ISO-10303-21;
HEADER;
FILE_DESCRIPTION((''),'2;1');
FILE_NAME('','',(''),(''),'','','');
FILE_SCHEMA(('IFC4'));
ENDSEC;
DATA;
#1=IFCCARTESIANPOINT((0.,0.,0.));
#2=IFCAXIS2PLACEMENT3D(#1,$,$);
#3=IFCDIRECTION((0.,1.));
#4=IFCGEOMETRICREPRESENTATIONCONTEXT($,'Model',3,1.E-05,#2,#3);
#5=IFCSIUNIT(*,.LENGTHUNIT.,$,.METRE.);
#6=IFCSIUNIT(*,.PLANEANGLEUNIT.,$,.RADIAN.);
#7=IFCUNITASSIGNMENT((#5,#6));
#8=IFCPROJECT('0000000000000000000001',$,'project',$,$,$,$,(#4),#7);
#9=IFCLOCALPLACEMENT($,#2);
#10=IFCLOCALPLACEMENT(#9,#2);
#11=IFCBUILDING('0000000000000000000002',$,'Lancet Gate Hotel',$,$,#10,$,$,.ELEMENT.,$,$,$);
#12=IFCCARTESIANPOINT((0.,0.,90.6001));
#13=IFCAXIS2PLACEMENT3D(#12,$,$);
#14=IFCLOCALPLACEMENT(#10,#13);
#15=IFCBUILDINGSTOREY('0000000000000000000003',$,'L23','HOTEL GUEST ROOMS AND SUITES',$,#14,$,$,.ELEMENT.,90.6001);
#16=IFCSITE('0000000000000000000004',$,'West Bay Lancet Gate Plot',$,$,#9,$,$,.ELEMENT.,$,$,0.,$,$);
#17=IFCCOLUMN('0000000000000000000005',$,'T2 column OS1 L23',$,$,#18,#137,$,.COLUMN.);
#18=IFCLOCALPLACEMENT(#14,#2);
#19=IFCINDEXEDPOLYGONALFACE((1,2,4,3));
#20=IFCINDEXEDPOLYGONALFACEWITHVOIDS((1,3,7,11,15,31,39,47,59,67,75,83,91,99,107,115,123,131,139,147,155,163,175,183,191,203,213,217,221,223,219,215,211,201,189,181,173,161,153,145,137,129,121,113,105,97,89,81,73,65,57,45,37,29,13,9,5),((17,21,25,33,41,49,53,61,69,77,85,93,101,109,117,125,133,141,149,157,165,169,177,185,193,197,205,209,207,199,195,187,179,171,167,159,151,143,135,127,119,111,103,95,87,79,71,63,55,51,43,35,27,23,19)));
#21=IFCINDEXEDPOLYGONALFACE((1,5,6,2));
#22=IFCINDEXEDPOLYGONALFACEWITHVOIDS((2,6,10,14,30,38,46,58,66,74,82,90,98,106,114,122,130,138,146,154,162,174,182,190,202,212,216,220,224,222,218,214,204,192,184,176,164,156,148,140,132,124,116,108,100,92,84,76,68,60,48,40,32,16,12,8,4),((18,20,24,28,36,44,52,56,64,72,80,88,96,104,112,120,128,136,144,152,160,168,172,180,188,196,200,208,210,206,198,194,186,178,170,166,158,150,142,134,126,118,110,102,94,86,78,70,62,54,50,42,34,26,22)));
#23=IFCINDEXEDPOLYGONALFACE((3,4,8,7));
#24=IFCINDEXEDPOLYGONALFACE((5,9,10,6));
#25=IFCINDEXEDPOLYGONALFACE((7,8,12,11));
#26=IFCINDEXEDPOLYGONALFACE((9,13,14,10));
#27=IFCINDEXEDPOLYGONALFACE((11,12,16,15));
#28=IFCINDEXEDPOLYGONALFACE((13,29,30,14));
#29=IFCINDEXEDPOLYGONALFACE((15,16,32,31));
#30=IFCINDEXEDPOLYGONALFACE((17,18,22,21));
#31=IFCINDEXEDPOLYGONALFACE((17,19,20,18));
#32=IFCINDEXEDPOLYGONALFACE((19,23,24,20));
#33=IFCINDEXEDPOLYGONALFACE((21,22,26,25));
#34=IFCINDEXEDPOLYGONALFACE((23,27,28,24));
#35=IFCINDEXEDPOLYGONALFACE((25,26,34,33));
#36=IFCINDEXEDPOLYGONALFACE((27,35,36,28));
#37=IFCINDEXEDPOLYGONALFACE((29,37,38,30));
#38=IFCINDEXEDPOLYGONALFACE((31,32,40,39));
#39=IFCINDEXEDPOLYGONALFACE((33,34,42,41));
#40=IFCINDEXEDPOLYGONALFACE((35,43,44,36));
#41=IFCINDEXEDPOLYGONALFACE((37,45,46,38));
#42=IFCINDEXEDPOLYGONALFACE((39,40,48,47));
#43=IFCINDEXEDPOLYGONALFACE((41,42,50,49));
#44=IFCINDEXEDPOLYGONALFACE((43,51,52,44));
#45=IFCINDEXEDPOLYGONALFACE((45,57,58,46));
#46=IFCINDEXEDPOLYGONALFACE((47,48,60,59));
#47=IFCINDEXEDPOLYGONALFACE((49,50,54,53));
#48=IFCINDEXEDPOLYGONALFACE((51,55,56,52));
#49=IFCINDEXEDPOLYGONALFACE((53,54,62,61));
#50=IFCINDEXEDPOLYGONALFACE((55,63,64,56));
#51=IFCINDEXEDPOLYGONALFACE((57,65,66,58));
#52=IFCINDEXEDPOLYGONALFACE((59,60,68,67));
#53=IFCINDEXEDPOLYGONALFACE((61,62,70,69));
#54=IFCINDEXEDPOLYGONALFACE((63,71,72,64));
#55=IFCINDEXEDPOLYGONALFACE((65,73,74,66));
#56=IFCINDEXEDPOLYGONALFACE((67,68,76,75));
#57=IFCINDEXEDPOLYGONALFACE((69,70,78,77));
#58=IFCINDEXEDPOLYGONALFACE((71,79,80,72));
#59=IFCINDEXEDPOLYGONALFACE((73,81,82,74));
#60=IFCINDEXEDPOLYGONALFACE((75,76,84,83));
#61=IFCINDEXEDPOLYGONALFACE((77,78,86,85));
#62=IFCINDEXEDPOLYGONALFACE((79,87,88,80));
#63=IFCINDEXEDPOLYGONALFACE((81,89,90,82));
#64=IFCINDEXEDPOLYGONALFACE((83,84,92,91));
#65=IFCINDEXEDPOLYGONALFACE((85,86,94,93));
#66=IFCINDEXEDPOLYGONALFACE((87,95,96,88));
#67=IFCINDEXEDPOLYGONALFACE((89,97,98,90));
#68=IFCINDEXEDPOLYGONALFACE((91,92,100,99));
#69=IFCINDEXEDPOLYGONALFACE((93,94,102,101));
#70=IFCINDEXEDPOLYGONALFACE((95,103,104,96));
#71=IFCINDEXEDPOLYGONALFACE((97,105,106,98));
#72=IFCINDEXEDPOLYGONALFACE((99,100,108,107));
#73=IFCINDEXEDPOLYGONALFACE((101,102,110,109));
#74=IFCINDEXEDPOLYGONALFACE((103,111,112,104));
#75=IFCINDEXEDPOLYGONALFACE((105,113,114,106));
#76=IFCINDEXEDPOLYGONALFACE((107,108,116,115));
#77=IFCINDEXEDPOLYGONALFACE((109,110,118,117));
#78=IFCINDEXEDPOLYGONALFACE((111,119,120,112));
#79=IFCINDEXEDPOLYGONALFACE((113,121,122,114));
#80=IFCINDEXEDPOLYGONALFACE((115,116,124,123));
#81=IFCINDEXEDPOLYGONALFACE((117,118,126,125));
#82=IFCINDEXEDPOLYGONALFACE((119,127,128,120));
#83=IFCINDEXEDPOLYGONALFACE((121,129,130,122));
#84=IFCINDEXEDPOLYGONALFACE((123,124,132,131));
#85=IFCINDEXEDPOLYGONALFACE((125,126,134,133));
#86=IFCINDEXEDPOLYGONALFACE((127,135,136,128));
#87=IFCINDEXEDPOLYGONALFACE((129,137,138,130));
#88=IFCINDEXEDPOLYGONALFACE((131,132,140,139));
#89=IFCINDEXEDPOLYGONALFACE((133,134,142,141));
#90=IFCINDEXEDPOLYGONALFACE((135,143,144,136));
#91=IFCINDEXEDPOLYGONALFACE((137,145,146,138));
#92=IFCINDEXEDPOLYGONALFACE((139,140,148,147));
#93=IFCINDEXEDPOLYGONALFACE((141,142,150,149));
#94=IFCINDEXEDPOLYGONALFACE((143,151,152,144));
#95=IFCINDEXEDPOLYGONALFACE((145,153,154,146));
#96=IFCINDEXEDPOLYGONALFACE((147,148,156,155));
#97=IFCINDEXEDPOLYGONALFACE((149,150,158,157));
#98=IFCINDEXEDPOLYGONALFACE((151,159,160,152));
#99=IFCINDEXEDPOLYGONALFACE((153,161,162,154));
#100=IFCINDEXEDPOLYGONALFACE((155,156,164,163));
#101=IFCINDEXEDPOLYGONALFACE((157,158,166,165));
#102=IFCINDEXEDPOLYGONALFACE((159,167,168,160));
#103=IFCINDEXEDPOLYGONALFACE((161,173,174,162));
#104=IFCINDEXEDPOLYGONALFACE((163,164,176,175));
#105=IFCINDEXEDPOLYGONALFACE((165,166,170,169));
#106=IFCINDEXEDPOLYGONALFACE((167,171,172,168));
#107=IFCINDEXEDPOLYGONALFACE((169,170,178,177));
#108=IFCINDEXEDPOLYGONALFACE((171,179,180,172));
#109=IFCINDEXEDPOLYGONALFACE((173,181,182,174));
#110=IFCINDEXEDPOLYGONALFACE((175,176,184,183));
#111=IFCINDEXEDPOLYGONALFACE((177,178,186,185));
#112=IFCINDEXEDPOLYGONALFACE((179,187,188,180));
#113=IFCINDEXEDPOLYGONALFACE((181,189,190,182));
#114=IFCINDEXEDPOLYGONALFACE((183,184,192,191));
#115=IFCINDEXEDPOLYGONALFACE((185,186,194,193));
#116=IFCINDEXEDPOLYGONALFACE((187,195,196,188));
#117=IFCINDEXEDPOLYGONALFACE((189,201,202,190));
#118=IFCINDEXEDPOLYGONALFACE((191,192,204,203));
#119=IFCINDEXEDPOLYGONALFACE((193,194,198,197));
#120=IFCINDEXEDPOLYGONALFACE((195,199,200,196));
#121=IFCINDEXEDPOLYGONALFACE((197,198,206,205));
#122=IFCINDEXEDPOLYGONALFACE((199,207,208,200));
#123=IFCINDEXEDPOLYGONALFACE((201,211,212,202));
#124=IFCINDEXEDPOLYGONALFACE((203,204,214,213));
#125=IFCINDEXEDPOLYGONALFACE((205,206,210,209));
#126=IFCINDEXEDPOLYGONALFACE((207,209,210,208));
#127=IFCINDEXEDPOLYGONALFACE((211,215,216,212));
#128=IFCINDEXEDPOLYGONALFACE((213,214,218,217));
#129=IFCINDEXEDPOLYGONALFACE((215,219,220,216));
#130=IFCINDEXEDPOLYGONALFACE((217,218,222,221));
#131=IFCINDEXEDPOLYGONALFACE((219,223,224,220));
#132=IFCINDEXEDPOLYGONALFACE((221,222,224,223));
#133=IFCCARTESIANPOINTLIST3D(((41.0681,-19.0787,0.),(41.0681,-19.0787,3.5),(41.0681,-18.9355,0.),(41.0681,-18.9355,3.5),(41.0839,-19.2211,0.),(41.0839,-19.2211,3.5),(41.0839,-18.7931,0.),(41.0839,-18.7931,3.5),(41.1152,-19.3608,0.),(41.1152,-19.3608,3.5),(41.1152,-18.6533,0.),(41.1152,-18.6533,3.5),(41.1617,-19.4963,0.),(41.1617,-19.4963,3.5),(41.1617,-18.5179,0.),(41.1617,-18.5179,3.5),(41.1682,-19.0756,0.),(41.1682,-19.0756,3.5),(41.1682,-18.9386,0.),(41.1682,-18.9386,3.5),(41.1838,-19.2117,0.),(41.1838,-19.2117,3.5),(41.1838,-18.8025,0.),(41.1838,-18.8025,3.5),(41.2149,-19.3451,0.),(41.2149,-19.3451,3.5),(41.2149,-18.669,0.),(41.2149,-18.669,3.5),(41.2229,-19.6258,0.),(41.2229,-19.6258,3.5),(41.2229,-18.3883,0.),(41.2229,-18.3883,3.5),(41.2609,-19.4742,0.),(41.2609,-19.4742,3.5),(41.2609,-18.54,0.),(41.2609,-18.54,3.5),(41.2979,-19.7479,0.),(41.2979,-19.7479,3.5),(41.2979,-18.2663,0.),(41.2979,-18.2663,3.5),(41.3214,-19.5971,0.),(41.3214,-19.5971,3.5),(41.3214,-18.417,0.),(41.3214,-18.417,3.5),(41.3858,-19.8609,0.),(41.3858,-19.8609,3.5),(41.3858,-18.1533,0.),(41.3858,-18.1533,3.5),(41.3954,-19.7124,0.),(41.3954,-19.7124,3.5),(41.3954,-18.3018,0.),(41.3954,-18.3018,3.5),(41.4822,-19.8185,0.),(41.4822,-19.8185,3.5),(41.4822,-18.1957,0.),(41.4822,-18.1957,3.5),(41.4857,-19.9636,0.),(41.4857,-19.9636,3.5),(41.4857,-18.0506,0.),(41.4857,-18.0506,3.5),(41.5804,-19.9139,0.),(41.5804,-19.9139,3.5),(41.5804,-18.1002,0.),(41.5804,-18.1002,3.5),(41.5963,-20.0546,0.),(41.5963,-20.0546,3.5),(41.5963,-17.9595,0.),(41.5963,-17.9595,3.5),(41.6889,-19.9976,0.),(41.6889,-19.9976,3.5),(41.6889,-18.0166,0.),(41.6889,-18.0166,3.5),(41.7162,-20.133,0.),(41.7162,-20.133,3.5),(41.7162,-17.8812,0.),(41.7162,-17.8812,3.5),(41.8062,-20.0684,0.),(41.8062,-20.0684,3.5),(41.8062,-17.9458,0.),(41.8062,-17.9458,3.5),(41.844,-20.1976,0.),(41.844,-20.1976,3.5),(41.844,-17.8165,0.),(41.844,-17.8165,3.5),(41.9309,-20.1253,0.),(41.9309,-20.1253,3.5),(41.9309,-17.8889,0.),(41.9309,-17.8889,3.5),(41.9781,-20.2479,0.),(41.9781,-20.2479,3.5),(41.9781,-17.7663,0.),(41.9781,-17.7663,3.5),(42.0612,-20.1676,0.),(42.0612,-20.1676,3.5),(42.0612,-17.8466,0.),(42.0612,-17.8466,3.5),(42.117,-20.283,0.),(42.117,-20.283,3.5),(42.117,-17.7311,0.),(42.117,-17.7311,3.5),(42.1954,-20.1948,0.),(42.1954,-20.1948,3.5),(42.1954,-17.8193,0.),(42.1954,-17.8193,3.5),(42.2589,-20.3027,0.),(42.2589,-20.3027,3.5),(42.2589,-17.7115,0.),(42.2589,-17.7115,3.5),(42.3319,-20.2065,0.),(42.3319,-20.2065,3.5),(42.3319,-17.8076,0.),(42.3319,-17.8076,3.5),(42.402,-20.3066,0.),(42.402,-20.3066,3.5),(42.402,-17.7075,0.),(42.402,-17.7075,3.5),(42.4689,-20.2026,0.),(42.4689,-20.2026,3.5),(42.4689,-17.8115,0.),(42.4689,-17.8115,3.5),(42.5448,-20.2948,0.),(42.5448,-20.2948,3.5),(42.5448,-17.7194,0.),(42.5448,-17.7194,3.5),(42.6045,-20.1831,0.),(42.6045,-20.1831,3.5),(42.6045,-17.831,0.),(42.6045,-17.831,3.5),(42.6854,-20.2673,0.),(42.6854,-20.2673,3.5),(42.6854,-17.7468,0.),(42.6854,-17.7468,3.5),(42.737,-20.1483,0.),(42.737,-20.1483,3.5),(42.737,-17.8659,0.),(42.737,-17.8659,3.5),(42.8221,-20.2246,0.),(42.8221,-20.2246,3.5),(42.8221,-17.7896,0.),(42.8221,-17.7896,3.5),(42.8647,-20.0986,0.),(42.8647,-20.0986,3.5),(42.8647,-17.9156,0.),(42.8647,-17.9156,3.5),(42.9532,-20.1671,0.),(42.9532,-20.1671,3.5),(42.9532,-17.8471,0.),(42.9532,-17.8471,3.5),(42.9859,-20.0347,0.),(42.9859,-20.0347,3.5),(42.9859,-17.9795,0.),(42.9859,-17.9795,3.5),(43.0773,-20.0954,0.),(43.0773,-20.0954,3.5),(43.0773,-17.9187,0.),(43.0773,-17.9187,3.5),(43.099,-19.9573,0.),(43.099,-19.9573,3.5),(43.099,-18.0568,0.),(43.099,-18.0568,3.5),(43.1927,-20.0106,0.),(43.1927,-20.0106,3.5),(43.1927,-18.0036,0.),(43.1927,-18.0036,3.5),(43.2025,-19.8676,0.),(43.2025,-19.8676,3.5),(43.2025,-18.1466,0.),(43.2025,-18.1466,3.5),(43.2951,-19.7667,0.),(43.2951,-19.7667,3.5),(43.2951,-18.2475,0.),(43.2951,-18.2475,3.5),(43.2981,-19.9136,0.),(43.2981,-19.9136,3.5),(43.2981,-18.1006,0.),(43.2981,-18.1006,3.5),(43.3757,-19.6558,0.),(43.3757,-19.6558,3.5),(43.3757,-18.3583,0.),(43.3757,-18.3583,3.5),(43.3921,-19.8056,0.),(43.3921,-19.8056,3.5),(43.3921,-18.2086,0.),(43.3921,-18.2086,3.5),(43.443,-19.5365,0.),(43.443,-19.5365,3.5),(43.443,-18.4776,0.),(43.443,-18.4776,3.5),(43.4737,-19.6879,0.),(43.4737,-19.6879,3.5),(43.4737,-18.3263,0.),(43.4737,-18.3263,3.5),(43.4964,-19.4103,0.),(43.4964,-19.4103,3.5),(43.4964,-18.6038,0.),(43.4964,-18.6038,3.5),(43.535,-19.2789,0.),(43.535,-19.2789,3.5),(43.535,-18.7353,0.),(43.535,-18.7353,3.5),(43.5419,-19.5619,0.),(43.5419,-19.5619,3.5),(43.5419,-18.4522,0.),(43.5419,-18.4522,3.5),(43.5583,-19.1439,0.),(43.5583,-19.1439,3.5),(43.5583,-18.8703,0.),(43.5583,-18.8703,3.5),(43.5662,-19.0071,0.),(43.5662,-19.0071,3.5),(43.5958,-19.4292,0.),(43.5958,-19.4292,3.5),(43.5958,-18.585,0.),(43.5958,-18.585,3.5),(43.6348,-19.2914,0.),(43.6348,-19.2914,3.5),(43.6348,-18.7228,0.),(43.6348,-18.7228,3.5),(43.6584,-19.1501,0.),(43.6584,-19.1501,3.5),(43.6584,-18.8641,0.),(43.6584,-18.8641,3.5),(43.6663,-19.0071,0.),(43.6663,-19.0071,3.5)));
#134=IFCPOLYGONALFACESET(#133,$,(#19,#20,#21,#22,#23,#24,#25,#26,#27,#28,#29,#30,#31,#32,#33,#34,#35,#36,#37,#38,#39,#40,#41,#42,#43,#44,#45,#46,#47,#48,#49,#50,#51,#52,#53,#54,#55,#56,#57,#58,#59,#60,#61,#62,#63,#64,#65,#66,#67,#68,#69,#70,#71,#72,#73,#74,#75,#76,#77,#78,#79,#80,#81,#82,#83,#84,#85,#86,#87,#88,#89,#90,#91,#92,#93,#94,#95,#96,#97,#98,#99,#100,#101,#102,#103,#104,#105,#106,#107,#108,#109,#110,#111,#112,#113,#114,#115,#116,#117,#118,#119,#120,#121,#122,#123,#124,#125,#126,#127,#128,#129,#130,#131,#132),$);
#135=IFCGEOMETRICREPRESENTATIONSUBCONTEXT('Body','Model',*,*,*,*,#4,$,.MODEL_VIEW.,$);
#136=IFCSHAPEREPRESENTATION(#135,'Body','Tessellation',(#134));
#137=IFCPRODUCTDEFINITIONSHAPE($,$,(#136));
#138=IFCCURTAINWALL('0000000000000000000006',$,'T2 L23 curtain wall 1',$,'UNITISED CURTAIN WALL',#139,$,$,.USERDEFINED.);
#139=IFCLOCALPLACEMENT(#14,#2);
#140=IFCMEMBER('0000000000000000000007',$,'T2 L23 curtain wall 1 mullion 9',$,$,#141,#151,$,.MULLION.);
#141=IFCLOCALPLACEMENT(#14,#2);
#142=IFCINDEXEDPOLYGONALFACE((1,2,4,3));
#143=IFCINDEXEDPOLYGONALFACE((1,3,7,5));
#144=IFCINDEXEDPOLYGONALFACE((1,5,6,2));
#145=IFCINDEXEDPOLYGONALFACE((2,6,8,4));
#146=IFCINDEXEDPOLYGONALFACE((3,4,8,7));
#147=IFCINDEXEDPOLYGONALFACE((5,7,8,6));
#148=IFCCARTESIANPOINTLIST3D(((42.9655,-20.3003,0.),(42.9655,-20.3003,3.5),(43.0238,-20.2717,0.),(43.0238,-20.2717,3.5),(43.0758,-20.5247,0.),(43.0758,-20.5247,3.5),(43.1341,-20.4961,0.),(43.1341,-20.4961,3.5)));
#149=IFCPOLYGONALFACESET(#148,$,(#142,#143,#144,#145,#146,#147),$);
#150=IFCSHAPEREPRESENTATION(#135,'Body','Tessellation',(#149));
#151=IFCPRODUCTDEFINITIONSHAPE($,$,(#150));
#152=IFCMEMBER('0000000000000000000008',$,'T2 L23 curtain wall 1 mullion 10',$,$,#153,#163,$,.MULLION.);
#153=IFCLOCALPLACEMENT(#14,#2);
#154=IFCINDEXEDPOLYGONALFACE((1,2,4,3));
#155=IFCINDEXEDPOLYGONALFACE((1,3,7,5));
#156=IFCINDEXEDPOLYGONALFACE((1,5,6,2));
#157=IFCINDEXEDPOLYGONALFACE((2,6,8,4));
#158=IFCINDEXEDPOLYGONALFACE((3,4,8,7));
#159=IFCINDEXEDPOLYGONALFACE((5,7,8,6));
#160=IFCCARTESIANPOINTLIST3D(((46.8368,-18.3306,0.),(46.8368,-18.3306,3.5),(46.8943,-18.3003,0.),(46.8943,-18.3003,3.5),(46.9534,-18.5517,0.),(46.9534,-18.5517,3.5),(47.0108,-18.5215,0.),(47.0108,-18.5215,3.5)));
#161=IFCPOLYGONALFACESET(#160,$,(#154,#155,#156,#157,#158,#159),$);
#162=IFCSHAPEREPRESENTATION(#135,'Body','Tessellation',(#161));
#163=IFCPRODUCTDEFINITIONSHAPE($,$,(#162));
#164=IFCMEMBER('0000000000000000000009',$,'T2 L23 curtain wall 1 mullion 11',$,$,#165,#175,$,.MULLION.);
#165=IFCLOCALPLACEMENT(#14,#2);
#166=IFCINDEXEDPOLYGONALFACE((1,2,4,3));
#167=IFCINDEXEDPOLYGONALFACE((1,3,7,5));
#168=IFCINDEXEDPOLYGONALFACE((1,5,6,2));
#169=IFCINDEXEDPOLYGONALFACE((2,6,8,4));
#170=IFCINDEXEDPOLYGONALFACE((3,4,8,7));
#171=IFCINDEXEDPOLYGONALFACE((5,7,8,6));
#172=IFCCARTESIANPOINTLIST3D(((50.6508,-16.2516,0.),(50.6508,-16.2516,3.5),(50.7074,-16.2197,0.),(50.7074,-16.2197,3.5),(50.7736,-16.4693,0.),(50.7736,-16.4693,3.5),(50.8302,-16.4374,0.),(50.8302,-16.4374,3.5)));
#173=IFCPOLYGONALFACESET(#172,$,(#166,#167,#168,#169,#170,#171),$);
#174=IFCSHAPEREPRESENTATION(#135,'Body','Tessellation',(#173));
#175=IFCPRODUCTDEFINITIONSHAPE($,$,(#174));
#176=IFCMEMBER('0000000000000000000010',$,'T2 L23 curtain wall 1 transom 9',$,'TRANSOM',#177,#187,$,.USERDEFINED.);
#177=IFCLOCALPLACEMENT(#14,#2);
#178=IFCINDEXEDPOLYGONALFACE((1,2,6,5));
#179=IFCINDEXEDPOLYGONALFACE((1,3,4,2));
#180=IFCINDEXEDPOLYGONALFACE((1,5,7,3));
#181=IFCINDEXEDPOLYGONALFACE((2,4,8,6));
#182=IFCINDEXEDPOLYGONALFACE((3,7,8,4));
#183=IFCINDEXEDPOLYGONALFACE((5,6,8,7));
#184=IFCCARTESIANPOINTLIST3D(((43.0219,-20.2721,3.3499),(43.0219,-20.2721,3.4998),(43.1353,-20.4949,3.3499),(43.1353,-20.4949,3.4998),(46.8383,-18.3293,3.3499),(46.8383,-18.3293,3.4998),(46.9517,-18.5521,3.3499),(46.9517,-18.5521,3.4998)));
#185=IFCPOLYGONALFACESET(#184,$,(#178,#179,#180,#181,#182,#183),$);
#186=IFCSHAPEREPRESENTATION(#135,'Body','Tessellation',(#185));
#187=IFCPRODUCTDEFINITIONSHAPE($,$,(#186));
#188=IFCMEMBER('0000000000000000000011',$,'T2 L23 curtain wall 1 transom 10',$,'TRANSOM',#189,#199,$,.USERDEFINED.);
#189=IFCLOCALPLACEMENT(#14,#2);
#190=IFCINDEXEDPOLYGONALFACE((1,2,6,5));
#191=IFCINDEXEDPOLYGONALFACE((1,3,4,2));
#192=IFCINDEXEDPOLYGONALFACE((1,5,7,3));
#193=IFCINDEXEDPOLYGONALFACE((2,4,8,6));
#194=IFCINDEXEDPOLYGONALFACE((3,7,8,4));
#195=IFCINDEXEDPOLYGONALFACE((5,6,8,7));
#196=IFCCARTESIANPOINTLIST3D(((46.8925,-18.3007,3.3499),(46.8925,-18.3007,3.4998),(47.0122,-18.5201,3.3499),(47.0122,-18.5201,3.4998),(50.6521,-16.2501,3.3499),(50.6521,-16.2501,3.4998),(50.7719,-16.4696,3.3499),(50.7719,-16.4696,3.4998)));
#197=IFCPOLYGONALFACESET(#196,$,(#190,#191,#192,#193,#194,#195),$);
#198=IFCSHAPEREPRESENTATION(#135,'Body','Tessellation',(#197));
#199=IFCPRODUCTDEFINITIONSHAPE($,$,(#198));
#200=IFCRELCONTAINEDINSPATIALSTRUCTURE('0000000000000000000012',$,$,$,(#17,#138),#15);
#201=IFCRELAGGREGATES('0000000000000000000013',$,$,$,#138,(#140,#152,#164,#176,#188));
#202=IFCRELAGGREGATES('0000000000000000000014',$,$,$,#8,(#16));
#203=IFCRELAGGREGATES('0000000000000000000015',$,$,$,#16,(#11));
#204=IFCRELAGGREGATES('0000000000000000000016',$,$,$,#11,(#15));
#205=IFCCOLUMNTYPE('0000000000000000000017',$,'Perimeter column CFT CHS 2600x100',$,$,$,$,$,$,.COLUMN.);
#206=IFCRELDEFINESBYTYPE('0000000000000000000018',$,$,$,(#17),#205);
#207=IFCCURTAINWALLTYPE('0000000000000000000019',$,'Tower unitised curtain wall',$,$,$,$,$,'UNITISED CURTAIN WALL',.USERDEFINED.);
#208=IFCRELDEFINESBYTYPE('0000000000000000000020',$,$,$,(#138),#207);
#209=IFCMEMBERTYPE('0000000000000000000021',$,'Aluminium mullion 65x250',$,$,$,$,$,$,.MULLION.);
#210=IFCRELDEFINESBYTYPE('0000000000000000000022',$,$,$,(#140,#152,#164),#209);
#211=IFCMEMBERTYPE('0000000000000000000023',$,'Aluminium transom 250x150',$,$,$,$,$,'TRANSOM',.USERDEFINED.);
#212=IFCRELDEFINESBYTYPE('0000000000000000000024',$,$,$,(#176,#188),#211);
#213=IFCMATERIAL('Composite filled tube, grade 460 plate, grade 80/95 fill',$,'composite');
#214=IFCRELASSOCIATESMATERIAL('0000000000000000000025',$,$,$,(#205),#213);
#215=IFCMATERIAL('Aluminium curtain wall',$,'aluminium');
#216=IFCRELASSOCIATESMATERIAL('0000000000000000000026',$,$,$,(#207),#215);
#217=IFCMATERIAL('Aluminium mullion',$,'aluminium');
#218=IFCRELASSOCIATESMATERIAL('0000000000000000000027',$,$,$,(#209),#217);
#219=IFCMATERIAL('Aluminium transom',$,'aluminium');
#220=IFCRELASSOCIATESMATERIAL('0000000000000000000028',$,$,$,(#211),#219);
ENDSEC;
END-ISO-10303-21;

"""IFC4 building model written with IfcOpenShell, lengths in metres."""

from ifc_helpers import new_model, si_unit, direction, frame, origin, origin_2d, place, context, subcontext, project, spatial, rectangle, hollow_circle, extrude, material, material_profile, profile_set, type_object, element, aggregate, save


model = new_model("IFC4")

# Units and contexts
model_context = context("Model", 3, precision=1e-05, world=origin(), true_north=direction((0.0, 1.0)))
body_context = subcontext(model_context, "Body", "Model", "MODEL_VIEW")
ifc_project = project(units=[si_unit("LENGTHUNIT", "METRE"), si_unit("PLANEANGLEUNIT", "RADIAN")], contexts=[model_context])

# Site, building, storey
site_placement = place(None, origin())
site = spatial("IfcSite", under=ifc_project, at=site_placement, Name="West Bay Lancet Gate Plot", CompositionType="ELEMENT", RefElevation=0.0)
building_placement = place(site_placement, origin())
building = spatial("IfcBuilding", under=site, at=building_placement, Name="Lancet Gate Hotel", CompositionType="ELEMENT")
storey_placement = place(building_placement, frame((0.0, 0.0, 90.6001)))
storey = spatial("IfcBuildingStorey", under=building, at=storey_placement, Name="L23", Description="HOTEL GUEST ROOMS AND SUITES", CompositionType="ELEMENT", Elevation=90.6001)

# Column
ifc_material_1 = material(Name="Composite filled tube, grade 460 plate, grade 80/95 fill", Category="composite")
ifc_material_profile_1 = material_profile(ifc_material_1, hollow_circle(Radius=1.3, WallThickness=0.1001, at=origin_2d()), Name="CHS 2600x100")
ifc_profile_set_1 = profile_set([ifc_material_profile_1], Name="Composite filled tube, grade 460 plate, grade 80/95 fill")
column_type = type_object("IfcColumnType", Name="Perimeter column CFT CHS 2600x100", PredefinedType="COLUMN", material=ifc_profile_set_1)
column_placement = place(storey_placement, frame((42.3662, -19.0071, 0.0), z_axis=(0.0, 0.0, 1.0), x_axis=(1.0, 0.0, 0.0)))
element("IfcColumn", 1, at=column_placement, inside=storey, type_object=column_type, Name="T2 column OS1 L23", PredefinedType="COLUMN", context=body_context, shape_type="SweptSolid", body=[
    extrude(hollow_circle(Radius=1.3, WallThickness=0.1001, at=origin_2d()), origin(), (0.0, 0.0, 1.0), 3.5),
])

# Curtain wall, members
ifc_material_2 = material(Name="Aluminium curtain wall", Category="aluminium")
curtain_wall_type = type_object("IfcCurtainWallType", Name="Tower unitised curtain wall", ElementType="UNITISED CURTAIN WALL", PredefinedType="USERDEFINED", material=ifc_material_2)
curtain_wall_placement = place(storey_placement, origin())
curtain_wall = element("IfcCurtainWall", 2, at=curtain_wall_placement, inside=storey, type_object=curtain_wall_type, Name="T2 L23 curtain wall 1", ObjectType="UNITISED CURTAIN WALL", PredefinedType="USERDEFINED")
ifc_material_3 = material(Name="Aluminium mullion", Category="aluminium")
ifc_material_profile_2 = material_profile(ifc_material_3, rectangle(XDim=0.0649, YDim=0.25, at=origin_2d()), Name="MULLION 65x250")
ifc_profile_set_2 = profile_set([ifc_material_profile_2], Name="Aluminium mullion")
member_type_1 = type_object("IfcMemberType", Name="Aluminium mullion 65x250", PredefinedType="MULLION", material=ifc_profile_set_2)
member_1_placement = place(storey_placement, frame((43.0498, -20.3982, 0.0), z_axis=(0.0, 0.0, 1.0), x_axis=(0.897512, 0.44099, 0.0)))
member_1 = element("IfcMember", 3, at=member_1_placement, type_object=member_type_1, Name="T2 L23 curtain wall 1 mullion 9", PredefinedType="MULLION", context=body_context, shape_type="SweptSolid", body=[
    extrude(rectangle(XDim=0.0649, YDim=0.25, at=origin_2d()), origin(), (0.0, 0.0, 1.0), 3.5),
])
member_2_placement = place(storey_placement, frame((46.9238, -18.426, 0.0), z_axis=(0.0, 0.0, 1.0), x_axis=(0.884627, 0.466299, 0.0)))
member_2 = element("IfcMember", 4, at=member_2_placement, type_object=member_type_1, Name="T2 L23 curtain wall 1 mullion 10", PredefinedType="MULLION", context=body_context, shape_type="SweptSolid", body=[
    extrude(rectangle(XDim=0.0649, YDim=0.25, at=origin_2d()), origin(), (0.0, 0.0, 1.0), 3.5),
])
member_3_placement = place(storey_placement, frame((50.7405, -16.3445, 0.0), z_axis=(0.0, 0.0, 1.0), x_axis=(0.871029, 0.491232, 0.0)))
member_3 = element("IfcMember", 5, at=member_3_placement, type_object=member_type_1, Name="T2 L23 curtain wall 1 mullion 11", PredefinedType="MULLION", context=body_context, shape_type="SweptSolid", body=[
    extrude(rectangle(XDim=0.0649, YDim=0.25, at=origin_2d()), origin(), (0.0, 0.0, 1.0), 3.5),
])
ifc_material_4 = material(Name="Aluminium transom", Category="aluminium")
ifc_material_profile_3 = material_profile(ifc_material_4, rectangle(XDim=0.25, YDim=0.1499, at=origin_2d()), Name="TRANSOM 250x150")
ifc_profile_set_3 = profile_set([ifc_material_profile_3], Name="Aluminium transom")
member_type_2 = type_object("IfcMemberType", Name="Aluminium transom 250x150", ElementType="TRANSOM", PredefinedType="USERDEFINED", material=ifc_profile_set_3)
member_4_placement = place(storey_placement, frame((43.0786, -20.3835, 3.4248), z_axis=(0.891166, 0.453678, 0.0), x_axis=(-0.453678, 0.891166, 0.0)))
member_4 = element("IfcMember", 6, at=member_4_placement, type_object=member_type_2, Name="T2 L23 curtain wall 1 transom 9", ObjectType="TRANSOM", PredefinedType="USERDEFINED", context=body_context, shape_type="SweptSolid", body=[
    extrude(rectangle(XDim=0.25, YDim=0.1499, at=origin_2d()), origin(), (0.0, 0.0, 1.0), 4.2825),
])
member_5_placement = place(storey_placement, frame((46.9524, -18.4104, 3.4248), z_axis=(0.877906, 0.478832, 0.0), x_axis=(-0.478832, 0.877906, 0.0)))
member_5 = element("IfcMember", 7, at=member_5_placement, type_object=member_type_2, Name="T2 L23 curtain wall 1 transom 10", ObjectType="TRANSOM", PredefinedType="USERDEFINED", context=body_context, shape_type="SweptSolid", body=[
    extrude(rectangle(XDim=0.25, YDim=0.1499, at=origin_2d()), origin(), (0.0, 0.0, 1.0), 4.2825),
])

aggregate(curtain_wall, [member_1, member_2, member_3, member_4, member_5])

save(model, "model.ifc")
